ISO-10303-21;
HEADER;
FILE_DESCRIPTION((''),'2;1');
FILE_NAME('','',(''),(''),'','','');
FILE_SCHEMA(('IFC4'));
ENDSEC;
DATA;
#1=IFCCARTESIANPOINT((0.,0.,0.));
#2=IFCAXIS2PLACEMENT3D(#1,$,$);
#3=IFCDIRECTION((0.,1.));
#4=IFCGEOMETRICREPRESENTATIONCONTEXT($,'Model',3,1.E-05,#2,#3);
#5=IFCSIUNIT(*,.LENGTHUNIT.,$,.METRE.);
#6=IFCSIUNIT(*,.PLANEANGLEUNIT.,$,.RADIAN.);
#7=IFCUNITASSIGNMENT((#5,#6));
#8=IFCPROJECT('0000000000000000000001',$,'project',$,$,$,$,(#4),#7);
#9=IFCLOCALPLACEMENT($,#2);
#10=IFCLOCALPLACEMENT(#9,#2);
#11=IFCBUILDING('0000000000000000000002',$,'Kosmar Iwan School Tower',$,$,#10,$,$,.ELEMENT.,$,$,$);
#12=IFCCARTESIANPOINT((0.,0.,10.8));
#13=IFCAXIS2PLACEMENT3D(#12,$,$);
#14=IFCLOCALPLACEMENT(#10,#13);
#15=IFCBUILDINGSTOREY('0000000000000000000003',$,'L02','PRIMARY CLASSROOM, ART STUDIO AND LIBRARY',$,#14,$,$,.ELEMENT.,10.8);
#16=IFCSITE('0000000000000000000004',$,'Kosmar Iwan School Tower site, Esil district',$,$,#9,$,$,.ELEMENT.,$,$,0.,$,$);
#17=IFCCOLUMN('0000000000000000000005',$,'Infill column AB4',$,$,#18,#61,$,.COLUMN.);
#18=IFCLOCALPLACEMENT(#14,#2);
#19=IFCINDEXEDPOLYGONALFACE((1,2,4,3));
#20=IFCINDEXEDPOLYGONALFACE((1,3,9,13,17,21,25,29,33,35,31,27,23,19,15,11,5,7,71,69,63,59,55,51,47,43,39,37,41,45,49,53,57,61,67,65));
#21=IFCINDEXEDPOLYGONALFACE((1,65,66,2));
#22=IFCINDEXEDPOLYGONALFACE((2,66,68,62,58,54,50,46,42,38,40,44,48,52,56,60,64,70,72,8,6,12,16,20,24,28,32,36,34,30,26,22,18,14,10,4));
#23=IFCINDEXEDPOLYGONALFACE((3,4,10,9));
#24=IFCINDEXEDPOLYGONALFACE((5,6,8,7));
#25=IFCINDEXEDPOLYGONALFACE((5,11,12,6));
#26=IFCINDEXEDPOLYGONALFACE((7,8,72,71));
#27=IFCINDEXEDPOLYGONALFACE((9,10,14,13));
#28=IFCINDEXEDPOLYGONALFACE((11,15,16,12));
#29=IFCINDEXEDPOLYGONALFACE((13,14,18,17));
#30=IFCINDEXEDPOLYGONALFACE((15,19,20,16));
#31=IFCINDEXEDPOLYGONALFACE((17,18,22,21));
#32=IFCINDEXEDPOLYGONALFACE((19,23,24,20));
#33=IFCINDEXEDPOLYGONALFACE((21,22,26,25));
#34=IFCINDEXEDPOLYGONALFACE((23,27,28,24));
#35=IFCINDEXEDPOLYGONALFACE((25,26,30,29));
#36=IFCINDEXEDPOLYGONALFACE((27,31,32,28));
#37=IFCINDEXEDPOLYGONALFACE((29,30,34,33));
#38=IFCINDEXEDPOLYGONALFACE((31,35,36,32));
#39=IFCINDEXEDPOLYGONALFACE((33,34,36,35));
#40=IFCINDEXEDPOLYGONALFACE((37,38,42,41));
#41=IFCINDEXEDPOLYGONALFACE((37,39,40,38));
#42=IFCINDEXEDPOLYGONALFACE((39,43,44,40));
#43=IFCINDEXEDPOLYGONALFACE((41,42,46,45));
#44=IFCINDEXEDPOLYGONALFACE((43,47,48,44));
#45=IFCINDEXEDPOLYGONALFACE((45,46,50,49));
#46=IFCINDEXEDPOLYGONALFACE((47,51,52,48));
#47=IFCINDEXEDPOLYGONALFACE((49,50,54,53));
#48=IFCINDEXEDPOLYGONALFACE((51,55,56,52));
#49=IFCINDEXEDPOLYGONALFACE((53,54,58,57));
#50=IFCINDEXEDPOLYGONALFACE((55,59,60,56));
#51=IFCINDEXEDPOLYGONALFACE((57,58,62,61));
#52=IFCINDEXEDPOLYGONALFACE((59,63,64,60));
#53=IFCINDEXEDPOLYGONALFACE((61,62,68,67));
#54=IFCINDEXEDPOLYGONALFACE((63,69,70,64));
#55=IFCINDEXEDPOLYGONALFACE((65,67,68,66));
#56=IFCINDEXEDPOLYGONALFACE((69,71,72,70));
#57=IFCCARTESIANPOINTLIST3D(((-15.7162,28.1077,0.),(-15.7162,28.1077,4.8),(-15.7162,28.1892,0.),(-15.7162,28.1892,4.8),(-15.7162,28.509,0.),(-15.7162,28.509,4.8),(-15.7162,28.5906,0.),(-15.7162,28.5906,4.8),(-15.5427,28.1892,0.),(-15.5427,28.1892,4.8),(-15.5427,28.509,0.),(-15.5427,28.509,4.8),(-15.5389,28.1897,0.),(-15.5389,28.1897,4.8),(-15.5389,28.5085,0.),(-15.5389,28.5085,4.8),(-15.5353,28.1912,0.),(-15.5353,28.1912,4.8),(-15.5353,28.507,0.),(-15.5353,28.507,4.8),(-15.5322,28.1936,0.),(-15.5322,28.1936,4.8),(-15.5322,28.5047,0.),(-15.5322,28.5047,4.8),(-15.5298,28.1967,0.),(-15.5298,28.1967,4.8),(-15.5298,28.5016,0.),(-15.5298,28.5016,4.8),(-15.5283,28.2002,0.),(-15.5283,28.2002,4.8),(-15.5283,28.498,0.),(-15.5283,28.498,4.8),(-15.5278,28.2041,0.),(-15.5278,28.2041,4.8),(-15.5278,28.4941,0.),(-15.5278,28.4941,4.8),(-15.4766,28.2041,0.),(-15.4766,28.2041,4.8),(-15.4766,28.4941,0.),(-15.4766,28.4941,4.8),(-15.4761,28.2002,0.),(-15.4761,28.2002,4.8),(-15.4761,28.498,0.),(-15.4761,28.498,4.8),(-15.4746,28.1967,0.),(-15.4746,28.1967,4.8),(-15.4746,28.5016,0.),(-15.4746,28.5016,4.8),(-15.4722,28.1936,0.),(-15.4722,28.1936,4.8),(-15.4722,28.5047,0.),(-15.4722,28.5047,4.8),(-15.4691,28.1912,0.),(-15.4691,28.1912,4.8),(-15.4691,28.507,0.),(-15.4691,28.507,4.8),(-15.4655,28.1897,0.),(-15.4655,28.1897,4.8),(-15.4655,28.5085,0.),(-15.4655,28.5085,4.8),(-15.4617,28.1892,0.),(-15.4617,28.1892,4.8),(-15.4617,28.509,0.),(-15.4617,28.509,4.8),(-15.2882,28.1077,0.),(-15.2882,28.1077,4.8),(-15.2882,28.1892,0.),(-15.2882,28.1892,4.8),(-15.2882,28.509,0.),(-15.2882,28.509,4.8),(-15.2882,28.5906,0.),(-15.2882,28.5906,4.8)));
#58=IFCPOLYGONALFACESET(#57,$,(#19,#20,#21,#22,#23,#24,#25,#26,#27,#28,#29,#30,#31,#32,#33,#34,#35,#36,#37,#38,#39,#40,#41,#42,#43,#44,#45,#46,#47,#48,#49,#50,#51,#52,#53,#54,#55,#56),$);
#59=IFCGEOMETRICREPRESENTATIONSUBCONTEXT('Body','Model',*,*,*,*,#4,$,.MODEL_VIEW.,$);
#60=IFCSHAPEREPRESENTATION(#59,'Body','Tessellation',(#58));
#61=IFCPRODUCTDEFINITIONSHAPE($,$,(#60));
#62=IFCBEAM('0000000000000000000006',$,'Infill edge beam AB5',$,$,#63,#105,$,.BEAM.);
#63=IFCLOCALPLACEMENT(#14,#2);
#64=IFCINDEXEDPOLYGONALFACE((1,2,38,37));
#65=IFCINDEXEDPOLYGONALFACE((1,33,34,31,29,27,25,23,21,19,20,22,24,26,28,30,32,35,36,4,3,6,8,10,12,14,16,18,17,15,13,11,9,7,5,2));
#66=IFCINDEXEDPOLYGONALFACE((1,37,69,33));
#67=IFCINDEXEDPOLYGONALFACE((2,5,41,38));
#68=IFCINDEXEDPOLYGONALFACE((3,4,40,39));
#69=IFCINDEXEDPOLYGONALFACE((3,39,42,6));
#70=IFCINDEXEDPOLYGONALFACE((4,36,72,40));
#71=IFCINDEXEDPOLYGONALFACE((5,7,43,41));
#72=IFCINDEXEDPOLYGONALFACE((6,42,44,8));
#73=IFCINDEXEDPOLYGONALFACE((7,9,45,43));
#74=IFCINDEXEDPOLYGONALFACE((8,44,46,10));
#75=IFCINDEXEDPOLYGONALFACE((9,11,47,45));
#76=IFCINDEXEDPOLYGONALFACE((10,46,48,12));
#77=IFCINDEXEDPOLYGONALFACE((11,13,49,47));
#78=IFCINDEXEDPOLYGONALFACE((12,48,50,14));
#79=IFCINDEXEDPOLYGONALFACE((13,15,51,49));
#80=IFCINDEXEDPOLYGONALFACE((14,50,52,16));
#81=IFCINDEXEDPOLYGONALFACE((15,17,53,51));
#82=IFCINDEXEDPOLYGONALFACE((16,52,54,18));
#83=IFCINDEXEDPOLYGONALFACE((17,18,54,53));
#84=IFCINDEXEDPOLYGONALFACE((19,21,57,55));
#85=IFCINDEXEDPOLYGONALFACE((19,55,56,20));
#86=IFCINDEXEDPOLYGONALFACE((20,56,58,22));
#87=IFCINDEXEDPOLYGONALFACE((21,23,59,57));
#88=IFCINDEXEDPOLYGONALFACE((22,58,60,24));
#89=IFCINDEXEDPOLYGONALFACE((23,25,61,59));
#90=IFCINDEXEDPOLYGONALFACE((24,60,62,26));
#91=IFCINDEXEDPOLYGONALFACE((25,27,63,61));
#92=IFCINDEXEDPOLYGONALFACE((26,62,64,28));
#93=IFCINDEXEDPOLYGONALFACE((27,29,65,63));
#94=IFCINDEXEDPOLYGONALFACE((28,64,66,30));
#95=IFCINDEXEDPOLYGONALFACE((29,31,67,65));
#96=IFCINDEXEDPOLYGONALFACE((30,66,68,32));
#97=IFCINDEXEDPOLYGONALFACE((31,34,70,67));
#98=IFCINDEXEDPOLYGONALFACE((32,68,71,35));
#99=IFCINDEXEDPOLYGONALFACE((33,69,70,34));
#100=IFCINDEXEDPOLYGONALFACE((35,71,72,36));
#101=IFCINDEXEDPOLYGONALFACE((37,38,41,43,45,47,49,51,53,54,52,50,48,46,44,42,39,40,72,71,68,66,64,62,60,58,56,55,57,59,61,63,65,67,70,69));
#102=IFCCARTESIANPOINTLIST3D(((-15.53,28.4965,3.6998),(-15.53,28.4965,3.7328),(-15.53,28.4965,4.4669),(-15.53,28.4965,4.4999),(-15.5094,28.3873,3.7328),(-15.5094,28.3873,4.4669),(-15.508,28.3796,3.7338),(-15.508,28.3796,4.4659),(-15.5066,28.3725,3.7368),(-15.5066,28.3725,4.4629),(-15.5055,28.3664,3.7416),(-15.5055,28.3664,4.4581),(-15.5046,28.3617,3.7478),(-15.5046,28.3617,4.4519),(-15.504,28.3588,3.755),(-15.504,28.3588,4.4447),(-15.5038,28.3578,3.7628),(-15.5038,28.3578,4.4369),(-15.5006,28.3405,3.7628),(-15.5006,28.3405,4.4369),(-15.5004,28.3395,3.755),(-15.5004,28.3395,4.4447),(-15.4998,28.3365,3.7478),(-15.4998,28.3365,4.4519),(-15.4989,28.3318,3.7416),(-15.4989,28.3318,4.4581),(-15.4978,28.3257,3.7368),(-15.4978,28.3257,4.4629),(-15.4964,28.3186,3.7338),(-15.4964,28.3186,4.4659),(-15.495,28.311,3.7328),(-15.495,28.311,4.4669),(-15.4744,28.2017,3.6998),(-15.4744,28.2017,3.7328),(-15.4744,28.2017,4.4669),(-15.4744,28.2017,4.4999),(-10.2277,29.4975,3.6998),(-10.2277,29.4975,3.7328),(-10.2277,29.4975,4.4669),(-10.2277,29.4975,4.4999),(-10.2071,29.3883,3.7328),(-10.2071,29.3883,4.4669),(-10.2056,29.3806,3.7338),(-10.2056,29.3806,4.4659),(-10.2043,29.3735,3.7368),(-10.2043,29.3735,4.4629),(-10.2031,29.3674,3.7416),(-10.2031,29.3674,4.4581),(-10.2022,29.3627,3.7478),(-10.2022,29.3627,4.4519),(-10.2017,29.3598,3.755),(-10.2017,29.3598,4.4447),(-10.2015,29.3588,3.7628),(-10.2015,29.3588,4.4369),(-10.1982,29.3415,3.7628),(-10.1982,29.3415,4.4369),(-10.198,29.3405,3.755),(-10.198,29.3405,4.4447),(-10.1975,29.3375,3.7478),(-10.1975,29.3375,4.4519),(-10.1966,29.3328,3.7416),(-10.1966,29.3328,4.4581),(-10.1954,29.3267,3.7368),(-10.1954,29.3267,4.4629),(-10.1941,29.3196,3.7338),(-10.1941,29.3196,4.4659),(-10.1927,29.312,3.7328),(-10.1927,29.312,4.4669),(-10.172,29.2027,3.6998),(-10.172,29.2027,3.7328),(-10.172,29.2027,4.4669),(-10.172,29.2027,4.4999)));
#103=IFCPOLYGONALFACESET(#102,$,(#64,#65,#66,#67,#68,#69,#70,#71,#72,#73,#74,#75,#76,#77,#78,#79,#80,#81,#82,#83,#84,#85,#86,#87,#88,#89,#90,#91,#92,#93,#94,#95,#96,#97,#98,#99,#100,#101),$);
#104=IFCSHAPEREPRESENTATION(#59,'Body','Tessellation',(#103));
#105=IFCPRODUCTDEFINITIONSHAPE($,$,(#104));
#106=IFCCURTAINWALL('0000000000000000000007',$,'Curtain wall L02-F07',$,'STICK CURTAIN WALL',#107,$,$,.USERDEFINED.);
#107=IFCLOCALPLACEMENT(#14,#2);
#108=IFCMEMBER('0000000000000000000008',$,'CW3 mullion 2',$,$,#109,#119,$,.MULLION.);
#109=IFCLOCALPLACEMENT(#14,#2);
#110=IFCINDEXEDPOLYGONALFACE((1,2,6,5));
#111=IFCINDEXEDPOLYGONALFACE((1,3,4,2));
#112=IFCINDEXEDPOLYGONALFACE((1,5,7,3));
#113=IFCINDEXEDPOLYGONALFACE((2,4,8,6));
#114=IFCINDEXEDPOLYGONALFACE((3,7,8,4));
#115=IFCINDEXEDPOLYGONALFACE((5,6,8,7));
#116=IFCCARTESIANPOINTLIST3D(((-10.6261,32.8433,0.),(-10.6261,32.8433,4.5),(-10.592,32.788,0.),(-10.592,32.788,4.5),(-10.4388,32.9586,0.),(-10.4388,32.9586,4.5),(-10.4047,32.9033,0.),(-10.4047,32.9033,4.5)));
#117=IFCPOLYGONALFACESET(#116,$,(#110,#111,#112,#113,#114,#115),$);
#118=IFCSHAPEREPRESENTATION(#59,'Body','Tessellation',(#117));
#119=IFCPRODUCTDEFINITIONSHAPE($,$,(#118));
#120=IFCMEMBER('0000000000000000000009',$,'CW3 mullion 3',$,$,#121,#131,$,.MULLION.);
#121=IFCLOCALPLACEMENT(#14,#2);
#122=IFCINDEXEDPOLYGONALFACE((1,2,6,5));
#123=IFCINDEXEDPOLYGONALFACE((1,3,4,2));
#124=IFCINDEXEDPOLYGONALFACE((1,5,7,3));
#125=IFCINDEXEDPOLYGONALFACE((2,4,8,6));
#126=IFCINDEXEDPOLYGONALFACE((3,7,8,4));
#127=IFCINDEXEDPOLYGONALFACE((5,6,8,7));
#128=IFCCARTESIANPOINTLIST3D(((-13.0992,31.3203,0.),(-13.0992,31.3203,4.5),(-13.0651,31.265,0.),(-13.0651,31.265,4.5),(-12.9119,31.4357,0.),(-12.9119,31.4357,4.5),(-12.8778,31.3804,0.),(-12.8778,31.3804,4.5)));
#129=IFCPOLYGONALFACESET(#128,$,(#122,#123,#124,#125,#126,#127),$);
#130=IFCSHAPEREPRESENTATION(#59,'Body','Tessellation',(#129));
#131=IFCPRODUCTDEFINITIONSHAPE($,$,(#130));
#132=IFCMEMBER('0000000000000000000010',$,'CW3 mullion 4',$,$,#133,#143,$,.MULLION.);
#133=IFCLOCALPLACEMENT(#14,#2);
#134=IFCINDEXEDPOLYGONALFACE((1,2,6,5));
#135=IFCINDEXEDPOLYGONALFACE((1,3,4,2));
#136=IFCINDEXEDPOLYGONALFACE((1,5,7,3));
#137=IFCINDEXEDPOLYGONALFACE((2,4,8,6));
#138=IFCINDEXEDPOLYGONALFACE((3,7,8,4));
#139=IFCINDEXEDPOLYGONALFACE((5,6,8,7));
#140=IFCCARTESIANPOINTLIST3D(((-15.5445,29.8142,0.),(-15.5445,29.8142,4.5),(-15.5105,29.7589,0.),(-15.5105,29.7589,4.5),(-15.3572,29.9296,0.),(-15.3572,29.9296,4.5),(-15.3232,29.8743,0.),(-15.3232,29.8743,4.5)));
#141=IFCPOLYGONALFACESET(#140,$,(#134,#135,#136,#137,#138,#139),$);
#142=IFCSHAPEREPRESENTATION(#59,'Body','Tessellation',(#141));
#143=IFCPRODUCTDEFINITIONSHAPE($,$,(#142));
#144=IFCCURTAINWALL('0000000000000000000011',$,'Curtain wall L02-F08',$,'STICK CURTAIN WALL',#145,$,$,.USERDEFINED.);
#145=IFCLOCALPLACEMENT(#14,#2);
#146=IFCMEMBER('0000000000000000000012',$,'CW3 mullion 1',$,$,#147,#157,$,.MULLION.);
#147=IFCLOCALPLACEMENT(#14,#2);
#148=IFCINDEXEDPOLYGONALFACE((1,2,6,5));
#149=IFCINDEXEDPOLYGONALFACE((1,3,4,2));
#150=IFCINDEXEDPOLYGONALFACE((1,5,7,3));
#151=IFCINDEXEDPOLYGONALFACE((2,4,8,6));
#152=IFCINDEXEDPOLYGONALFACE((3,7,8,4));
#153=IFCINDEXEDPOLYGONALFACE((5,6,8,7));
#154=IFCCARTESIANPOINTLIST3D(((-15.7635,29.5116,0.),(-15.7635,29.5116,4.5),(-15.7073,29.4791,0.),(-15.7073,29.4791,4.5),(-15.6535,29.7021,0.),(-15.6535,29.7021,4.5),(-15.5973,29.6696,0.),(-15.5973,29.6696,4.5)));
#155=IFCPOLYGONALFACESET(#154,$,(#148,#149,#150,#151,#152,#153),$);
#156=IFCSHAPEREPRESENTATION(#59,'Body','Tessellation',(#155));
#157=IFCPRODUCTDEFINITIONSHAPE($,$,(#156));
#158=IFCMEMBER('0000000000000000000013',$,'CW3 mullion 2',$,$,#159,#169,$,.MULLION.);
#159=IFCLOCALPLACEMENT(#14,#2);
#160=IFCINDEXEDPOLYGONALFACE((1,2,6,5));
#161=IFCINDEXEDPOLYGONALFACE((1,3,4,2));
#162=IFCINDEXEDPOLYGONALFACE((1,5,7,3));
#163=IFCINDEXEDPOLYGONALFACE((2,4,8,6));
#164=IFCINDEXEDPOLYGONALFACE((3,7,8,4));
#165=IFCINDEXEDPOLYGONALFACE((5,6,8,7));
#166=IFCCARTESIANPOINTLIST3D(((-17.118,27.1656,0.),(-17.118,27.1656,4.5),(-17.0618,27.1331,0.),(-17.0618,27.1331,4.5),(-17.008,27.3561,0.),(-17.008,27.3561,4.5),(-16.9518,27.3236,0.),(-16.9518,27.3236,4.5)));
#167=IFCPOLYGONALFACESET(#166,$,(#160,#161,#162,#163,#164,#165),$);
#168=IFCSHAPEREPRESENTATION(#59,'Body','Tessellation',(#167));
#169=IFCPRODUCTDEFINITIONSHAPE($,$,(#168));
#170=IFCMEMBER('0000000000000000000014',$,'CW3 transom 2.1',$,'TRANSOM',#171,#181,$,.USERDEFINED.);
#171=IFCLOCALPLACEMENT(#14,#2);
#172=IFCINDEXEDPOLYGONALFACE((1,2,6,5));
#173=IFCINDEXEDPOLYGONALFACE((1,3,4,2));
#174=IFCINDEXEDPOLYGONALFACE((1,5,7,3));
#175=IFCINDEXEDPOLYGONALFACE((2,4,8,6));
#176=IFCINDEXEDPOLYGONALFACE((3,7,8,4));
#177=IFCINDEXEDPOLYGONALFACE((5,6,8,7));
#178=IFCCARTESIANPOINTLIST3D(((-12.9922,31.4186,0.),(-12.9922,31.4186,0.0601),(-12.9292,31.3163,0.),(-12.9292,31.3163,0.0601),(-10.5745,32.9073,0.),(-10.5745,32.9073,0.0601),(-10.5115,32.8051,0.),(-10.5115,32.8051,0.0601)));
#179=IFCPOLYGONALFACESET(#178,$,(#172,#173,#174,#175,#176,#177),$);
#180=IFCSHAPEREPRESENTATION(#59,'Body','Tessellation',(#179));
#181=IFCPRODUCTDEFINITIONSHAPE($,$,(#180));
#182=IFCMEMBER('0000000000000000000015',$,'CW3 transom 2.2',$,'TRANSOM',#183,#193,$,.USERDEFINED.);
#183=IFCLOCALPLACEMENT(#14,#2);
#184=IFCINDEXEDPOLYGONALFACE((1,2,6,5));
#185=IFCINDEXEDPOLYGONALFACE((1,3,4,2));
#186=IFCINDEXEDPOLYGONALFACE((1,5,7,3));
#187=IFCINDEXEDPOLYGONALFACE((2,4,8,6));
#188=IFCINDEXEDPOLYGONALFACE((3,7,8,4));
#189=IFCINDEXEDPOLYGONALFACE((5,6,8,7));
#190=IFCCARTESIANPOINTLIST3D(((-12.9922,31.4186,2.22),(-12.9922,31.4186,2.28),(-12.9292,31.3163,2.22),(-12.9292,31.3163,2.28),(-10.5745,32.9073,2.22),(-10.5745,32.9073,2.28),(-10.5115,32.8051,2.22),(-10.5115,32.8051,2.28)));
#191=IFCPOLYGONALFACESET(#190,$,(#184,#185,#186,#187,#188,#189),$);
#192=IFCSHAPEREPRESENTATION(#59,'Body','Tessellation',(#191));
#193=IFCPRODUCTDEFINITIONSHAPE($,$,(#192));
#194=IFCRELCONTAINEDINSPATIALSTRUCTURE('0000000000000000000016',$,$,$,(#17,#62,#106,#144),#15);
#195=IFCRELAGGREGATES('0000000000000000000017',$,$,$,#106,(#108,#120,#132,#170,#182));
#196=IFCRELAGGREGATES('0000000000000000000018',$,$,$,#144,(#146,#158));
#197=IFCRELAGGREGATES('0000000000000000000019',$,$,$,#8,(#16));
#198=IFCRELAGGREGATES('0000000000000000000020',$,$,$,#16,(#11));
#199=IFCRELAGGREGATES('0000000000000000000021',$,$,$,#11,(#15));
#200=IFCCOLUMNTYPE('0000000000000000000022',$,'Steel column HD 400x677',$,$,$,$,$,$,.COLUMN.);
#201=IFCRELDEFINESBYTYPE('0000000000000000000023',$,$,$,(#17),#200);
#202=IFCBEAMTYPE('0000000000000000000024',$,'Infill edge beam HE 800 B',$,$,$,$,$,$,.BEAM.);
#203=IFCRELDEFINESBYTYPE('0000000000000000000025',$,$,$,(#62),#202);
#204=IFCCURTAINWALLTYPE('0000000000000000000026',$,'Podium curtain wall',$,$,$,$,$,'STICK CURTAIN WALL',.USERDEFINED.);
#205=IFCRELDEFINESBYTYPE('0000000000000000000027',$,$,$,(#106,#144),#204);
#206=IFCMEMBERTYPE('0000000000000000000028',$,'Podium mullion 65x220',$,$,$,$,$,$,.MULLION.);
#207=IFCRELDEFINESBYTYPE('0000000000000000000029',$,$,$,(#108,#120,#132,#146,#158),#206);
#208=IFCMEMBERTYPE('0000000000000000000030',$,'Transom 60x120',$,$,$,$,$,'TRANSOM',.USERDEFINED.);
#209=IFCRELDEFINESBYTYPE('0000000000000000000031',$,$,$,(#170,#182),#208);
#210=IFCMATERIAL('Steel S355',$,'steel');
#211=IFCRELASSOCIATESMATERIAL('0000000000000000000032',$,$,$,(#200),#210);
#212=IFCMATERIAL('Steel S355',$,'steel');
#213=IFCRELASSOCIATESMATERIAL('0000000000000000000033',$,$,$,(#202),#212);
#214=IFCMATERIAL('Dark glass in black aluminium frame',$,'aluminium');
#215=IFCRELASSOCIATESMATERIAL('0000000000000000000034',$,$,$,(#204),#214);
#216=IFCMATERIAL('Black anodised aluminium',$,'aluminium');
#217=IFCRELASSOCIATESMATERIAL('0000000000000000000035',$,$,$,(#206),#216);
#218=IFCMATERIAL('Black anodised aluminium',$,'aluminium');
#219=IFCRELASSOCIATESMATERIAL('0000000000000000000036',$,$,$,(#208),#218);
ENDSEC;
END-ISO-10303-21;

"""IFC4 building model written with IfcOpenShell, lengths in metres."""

from ifc_helpers import new_model, si_unit, direction, frame, origin, origin_2d, place, context, subcontext, project, spatial, rectangle, i_section, extrude, material, material_profile, profile_set, type_object, element, aggregate, save


model = new_model("IFC4")

# Units and contexts
model_context = context("Model", 3, precision=1e-05, world=origin(), true_north=direction((0.0, 1.0)))
body_context = subcontext(model_context, "Body", "Model", "MODEL_VIEW")
ifc_project = project(units=[si_unit("LENGTHUNIT", "METRE"), si_unit("PLANEANGLEUNIT", "RADIAN")], contexts=[model_context])

# Site, building, storey
site_placement = place(None, origin())
site = spatial("IfcSite", under=ifc_project, at=site_placement, Name="Kosmar Iwan School Tower site, Esil district", CompositionType="ELEMENT", RefElevation=0.0)
building_placement = place(site_placement, origin())
building = spatial("IfcBuilding", under=site, at=building_placement, Name="Kosmar Iwan School Tower", CompositionType="ELEMENT")
storey_placement = place(building_placement, frame((0.0, 0.0, 10.8)))
storey = spatial("IfcBuildingStorey", under=building, at=storey_placement, Name="L02", Description="PRIMARY CLASSROOM, ART STUDIO AND LIBRARY", CompositionType="ELEMENT", Elevation=10.8)

# Column
ifc_material_1 = material(Name="Steel S355", Category="steel")
ifc_material_profile_1 = material_profile(ifc_material_1, i_section(OverallWidth=0.428, OverallDepth=0.4829, WebThickness=0.0513, FlangeThickness=0.0815, FilletRadius=0.0149, at=origin_2d()), Name="HD 400x677")
ifc_profile_set_1 = profile_set([ifc_material_profile_1], Name="Steel S355")
column_type = type_object("IfcColumnType", Name="Steel column HD 400x677", PredefinedType="COLUMN", material=ifc_profile_set_1)
column_placement = place(storey_placement, frame((-15.5022, 28.3491, 0.0), z_axis=(0.0, 0.0, 1.0), x_axis=(1.0, 0.0, 0.0)))
element("IfcColumn", 1, at=column_placement, inside=storey, type_object=column_type, Name="Infill column AB4", PredefinedType="COLUMN", context=body_context, shape_type="SweptSolid", body=[
    extrude(i_section(OverallWidth=0.428, OverallDepth=0.4829, WebThickness=0.0513, FlangeThickness=0.0815, FilletRadius=0.0149, at=origin_2d()), origin(), (0.0, 0.0, 1.0), 4.8),
])

# Beam
ifc_material_2 = material(Name="Steel S355", Category="steel")
ifc_material_profile_2 = material_profile(ifc_material_2, i_section(OverallWidth=0.3, OverallDepth=0.8, WebThickness=0.0176, FlangeThickness=0.033, FilletRadius=0.03, at=origin_2d()), Name="HE 800 B")
ifc_profile_set_2 = profile_set([ifc_material_profile_2], Name="Steel S355")
beam_type = type_object("IfcBeamType", Name="Infill edge beam HE 800 B", PredefinedType="BEAM", material=ifc_profile_set_2)
beam_placement = place(storey_placement, frame((-15.5022, 28.3491, 4.0999), z_axis=(0.982643, 0.185507, 0.0), x_axis=(-0.185507, 0.982643, 0.0)))
element("IfcBeam", 2, at=beam_placement, inside=storey, type_object=beam_type, Name="Infill edge beam AB5", PredefinedType="BEAM", context=body_context, shape_type="SweptSolid", body=[
    extrude(i_section(OverallWidth=0.3, OverallDepth=0.8, WebThickness=0.0176, FlangeThickness=0.033, FilletRadius=0.03, at=origin_2d()), origin(), (0.0, 0.0, 1.0), 5.396),
])

# Curtain walls, members
ifc_material_3 = material(Name="Dark glass in black aluminium frame", Category="aluminium")
curtain_wall_type = type_object("IfcCurtainWallType", Name="Podium curtain wall", ElementType="STICK CURTAIN WALL", PredefinedType="USERDEFINED", material=ifc_material_3)
curtain_wall_1_placement = place(storey_placement, origin())
curtain_wall_1 = element("IfcCurtainWall", 3, at=curtain_wall_1_placement, inside=storey, type_object=curtain_wall_type, Name="Curtain wall L02-F07", ObjectType="STICK CURTAIN WALL", PredefinedType="USERDEFINED")
ifc_material_4 = material(Name="Black anodised aluminium", Category="aluminium")
ifc_material_profile_3 = material_profile(ifc_material_4, rectangle(XDim=0.0649, YDim=0.22, at=origin_2d()), Name="MULLION 65x220")
ifc_profile_set_3 = profile_set([ifc_material_profile_3], Name="Black anodised aluminium")
member_type_1 = type_object("IfcMemberType", Name="Podium mullion 65x220", PredefinedType="MULLION", material=ifc_profile_set_3)
member_1_placement = place(storey_placement, frame((-10.5154, 32.8733, 0.0), z_axis=(0.0, 0.0, 1.0), x_axis=(0.524382, -0.851483, 0.0)))
member_1 = element("IfcMember", 4, at=member_1_placement, type_object=member_type_1, Name="CW3 mullion 2", PredefinedType="MULLION", context=body_context, shape_type="SweptSolid", body=[
    extrude(rectangle(XDim=0.0649, YDim=0.22, at=origin_2d()), origin(), (0.0, 0.0, 1.0), 4.5),
])
member_2_placement = place(storey_placement, frame((-12.9885, 31.3503, 0.0), z_axis=(0.0, 0.0, 1.0), x_axis=(0.524382, -0.851483, 0.0)))
member_2 = element("IfcMember", 5, at=member_2_placement, type_object=member_type_1, Name="CW3 mullion 3", PredefinedType="MULLION", context=body_context, shape_type="SweptSolid", body=[
    extrude(rectangle(XDim=0.0649, YDim=0.22, at=origin_2d()), origin(), (0.0, 0.0, 1.0), 4.5),
])
member_3_placement = place(storey_placement, frame((-15.4338, 29.8442, 0.0), z_axis=(0.0, 0.0, 1.0), x_axis=(0.524382, -0.851483, 0.0)))
member_3 = element("IfcMember", 6, at=member_3_placement, type_object=member_type_1, Name="CW3 mullion 4", PredefinedType="MULLION", context=body_context, shape_type="SweptSolid", body=[
    extrude(rectangle(XDim=0.0649, YDim=0.22, at=origin_2d()), origin(), (0.0, 0.0, 1.0), 4.5),
])
curtain_wall_2_placement = place(storey_placement, origin())
curtain_wall_2 = element("IfcCurtainWall", 7, at=curtain_wall_2_placement, inside=storey, type_object=curtain_wall_type, Name="Curtain wall L02-F08", ObjectType="STICK CURTAIN WALL", PredefinedType="USERDEFINED")
member_4_placement = place(storey_placement, frame((-15.6804, 29.5906, 0.0), z_axis=(0.0, 0.0, 1.0), x_axis=(0.866025, -0.5, 0.0)))
member_4 = element("IfcMember", 8, at=member_4_placement, type_object=member_type_1, Name="CW3 mullion 1", PredefinedType="MULLION", context=body_context, shape_type="SweptSolid", body=[
    extrude(rectangle(XDim=0.0649, YDim=0.22, at=origin_2d()), origin(), (0.0, 0.0, 1.0), 4.5),
])
member_5_placement = place(storey_placement, frame((-17.0349, 27.2446, 0.0), z_axis=(0.0, 0.0, 1.0), x_axis=(0.866025, -0.5, 0.0)))
member_5 = element("IfcMember", 9, at=member_5_placement, type_object=member_type_1, Name="CW3 mullion 2", PredefinedType="MULLION", context=body_context, shape_type="SweptSolid", body=[
    extrude(rectangle(XDim=0.0649, YDim=0.22, at=origin_2d()), origin(), (0.0, 0.0, 1.0), 4.5),
])

# Members
ifc_material_5 = material(Name="Black anodised aluminium", Category="aluminium")
ifc_material_profile_4 = material_profile(ifc_material_5, rectangle(XDim=0.1201, YDim=0.0601, at=origin_2d()), Name="TRANSOM 60x120")
ifc_profile_set_4 = profile_set([ifc_material_profile_4], Name="Black anodised aluminium")
member_type_2 = type_object("IfcMemberType", Name="Transom 60x120", ElementType="TRANSOM", PredefinedType="USERDEFINED", material=ifc_profile_set_4)
member_6_placement = place(storey_placement, frame((-10.543, 32.8562, 0.03), z_axis=(-0.851511, -0.524337, 0.0), x_axis=(0.524337, -0.851511, 0.0)))
member_6 = element("IfcMember", 10, at=member_6_placement, type_object=member_type_2, Name="CW3 transom 2.1", ObjectType="TRANSOM", PredefinedType="USERDEFINED", context=body_context, shape_type="SweptSolid", body=[
    extrude(rectangle(XDim=0.1201, YDim=0.0601, at=origin_2d()), origin(), (0.0, 0.0, 1.0), 2.8394),
])
member_7_placement = place(storey_placement, frame((-10.543, 32.8562, 2.25), z_axis=(-0.851511, -0.524337, 0.0), x_axis=(0.524337, -0.851511, 0.0)))
member_7 = element("IfcMember", 11, at=member_7_placement, type_object=member_type_2, Name="CW3 transom 2.2", ObjectType="TRANSOM", PredefinedType="USERDEFINED", context=body_context, shape_type="SweptSolid", body=[
    extrude(rectangle(XDim=0.1201, YDim=0.0601, at=origin_2d()), origin(), (0.0, 0.0, 1.0), 2.8394),
])

aggregate(curtain_wall_1, [member_1, member_2, member_3, member_6, member_7])
aggregate(curtain_wall_2, [member_4, member_5])

save(model, "model.ifc")
